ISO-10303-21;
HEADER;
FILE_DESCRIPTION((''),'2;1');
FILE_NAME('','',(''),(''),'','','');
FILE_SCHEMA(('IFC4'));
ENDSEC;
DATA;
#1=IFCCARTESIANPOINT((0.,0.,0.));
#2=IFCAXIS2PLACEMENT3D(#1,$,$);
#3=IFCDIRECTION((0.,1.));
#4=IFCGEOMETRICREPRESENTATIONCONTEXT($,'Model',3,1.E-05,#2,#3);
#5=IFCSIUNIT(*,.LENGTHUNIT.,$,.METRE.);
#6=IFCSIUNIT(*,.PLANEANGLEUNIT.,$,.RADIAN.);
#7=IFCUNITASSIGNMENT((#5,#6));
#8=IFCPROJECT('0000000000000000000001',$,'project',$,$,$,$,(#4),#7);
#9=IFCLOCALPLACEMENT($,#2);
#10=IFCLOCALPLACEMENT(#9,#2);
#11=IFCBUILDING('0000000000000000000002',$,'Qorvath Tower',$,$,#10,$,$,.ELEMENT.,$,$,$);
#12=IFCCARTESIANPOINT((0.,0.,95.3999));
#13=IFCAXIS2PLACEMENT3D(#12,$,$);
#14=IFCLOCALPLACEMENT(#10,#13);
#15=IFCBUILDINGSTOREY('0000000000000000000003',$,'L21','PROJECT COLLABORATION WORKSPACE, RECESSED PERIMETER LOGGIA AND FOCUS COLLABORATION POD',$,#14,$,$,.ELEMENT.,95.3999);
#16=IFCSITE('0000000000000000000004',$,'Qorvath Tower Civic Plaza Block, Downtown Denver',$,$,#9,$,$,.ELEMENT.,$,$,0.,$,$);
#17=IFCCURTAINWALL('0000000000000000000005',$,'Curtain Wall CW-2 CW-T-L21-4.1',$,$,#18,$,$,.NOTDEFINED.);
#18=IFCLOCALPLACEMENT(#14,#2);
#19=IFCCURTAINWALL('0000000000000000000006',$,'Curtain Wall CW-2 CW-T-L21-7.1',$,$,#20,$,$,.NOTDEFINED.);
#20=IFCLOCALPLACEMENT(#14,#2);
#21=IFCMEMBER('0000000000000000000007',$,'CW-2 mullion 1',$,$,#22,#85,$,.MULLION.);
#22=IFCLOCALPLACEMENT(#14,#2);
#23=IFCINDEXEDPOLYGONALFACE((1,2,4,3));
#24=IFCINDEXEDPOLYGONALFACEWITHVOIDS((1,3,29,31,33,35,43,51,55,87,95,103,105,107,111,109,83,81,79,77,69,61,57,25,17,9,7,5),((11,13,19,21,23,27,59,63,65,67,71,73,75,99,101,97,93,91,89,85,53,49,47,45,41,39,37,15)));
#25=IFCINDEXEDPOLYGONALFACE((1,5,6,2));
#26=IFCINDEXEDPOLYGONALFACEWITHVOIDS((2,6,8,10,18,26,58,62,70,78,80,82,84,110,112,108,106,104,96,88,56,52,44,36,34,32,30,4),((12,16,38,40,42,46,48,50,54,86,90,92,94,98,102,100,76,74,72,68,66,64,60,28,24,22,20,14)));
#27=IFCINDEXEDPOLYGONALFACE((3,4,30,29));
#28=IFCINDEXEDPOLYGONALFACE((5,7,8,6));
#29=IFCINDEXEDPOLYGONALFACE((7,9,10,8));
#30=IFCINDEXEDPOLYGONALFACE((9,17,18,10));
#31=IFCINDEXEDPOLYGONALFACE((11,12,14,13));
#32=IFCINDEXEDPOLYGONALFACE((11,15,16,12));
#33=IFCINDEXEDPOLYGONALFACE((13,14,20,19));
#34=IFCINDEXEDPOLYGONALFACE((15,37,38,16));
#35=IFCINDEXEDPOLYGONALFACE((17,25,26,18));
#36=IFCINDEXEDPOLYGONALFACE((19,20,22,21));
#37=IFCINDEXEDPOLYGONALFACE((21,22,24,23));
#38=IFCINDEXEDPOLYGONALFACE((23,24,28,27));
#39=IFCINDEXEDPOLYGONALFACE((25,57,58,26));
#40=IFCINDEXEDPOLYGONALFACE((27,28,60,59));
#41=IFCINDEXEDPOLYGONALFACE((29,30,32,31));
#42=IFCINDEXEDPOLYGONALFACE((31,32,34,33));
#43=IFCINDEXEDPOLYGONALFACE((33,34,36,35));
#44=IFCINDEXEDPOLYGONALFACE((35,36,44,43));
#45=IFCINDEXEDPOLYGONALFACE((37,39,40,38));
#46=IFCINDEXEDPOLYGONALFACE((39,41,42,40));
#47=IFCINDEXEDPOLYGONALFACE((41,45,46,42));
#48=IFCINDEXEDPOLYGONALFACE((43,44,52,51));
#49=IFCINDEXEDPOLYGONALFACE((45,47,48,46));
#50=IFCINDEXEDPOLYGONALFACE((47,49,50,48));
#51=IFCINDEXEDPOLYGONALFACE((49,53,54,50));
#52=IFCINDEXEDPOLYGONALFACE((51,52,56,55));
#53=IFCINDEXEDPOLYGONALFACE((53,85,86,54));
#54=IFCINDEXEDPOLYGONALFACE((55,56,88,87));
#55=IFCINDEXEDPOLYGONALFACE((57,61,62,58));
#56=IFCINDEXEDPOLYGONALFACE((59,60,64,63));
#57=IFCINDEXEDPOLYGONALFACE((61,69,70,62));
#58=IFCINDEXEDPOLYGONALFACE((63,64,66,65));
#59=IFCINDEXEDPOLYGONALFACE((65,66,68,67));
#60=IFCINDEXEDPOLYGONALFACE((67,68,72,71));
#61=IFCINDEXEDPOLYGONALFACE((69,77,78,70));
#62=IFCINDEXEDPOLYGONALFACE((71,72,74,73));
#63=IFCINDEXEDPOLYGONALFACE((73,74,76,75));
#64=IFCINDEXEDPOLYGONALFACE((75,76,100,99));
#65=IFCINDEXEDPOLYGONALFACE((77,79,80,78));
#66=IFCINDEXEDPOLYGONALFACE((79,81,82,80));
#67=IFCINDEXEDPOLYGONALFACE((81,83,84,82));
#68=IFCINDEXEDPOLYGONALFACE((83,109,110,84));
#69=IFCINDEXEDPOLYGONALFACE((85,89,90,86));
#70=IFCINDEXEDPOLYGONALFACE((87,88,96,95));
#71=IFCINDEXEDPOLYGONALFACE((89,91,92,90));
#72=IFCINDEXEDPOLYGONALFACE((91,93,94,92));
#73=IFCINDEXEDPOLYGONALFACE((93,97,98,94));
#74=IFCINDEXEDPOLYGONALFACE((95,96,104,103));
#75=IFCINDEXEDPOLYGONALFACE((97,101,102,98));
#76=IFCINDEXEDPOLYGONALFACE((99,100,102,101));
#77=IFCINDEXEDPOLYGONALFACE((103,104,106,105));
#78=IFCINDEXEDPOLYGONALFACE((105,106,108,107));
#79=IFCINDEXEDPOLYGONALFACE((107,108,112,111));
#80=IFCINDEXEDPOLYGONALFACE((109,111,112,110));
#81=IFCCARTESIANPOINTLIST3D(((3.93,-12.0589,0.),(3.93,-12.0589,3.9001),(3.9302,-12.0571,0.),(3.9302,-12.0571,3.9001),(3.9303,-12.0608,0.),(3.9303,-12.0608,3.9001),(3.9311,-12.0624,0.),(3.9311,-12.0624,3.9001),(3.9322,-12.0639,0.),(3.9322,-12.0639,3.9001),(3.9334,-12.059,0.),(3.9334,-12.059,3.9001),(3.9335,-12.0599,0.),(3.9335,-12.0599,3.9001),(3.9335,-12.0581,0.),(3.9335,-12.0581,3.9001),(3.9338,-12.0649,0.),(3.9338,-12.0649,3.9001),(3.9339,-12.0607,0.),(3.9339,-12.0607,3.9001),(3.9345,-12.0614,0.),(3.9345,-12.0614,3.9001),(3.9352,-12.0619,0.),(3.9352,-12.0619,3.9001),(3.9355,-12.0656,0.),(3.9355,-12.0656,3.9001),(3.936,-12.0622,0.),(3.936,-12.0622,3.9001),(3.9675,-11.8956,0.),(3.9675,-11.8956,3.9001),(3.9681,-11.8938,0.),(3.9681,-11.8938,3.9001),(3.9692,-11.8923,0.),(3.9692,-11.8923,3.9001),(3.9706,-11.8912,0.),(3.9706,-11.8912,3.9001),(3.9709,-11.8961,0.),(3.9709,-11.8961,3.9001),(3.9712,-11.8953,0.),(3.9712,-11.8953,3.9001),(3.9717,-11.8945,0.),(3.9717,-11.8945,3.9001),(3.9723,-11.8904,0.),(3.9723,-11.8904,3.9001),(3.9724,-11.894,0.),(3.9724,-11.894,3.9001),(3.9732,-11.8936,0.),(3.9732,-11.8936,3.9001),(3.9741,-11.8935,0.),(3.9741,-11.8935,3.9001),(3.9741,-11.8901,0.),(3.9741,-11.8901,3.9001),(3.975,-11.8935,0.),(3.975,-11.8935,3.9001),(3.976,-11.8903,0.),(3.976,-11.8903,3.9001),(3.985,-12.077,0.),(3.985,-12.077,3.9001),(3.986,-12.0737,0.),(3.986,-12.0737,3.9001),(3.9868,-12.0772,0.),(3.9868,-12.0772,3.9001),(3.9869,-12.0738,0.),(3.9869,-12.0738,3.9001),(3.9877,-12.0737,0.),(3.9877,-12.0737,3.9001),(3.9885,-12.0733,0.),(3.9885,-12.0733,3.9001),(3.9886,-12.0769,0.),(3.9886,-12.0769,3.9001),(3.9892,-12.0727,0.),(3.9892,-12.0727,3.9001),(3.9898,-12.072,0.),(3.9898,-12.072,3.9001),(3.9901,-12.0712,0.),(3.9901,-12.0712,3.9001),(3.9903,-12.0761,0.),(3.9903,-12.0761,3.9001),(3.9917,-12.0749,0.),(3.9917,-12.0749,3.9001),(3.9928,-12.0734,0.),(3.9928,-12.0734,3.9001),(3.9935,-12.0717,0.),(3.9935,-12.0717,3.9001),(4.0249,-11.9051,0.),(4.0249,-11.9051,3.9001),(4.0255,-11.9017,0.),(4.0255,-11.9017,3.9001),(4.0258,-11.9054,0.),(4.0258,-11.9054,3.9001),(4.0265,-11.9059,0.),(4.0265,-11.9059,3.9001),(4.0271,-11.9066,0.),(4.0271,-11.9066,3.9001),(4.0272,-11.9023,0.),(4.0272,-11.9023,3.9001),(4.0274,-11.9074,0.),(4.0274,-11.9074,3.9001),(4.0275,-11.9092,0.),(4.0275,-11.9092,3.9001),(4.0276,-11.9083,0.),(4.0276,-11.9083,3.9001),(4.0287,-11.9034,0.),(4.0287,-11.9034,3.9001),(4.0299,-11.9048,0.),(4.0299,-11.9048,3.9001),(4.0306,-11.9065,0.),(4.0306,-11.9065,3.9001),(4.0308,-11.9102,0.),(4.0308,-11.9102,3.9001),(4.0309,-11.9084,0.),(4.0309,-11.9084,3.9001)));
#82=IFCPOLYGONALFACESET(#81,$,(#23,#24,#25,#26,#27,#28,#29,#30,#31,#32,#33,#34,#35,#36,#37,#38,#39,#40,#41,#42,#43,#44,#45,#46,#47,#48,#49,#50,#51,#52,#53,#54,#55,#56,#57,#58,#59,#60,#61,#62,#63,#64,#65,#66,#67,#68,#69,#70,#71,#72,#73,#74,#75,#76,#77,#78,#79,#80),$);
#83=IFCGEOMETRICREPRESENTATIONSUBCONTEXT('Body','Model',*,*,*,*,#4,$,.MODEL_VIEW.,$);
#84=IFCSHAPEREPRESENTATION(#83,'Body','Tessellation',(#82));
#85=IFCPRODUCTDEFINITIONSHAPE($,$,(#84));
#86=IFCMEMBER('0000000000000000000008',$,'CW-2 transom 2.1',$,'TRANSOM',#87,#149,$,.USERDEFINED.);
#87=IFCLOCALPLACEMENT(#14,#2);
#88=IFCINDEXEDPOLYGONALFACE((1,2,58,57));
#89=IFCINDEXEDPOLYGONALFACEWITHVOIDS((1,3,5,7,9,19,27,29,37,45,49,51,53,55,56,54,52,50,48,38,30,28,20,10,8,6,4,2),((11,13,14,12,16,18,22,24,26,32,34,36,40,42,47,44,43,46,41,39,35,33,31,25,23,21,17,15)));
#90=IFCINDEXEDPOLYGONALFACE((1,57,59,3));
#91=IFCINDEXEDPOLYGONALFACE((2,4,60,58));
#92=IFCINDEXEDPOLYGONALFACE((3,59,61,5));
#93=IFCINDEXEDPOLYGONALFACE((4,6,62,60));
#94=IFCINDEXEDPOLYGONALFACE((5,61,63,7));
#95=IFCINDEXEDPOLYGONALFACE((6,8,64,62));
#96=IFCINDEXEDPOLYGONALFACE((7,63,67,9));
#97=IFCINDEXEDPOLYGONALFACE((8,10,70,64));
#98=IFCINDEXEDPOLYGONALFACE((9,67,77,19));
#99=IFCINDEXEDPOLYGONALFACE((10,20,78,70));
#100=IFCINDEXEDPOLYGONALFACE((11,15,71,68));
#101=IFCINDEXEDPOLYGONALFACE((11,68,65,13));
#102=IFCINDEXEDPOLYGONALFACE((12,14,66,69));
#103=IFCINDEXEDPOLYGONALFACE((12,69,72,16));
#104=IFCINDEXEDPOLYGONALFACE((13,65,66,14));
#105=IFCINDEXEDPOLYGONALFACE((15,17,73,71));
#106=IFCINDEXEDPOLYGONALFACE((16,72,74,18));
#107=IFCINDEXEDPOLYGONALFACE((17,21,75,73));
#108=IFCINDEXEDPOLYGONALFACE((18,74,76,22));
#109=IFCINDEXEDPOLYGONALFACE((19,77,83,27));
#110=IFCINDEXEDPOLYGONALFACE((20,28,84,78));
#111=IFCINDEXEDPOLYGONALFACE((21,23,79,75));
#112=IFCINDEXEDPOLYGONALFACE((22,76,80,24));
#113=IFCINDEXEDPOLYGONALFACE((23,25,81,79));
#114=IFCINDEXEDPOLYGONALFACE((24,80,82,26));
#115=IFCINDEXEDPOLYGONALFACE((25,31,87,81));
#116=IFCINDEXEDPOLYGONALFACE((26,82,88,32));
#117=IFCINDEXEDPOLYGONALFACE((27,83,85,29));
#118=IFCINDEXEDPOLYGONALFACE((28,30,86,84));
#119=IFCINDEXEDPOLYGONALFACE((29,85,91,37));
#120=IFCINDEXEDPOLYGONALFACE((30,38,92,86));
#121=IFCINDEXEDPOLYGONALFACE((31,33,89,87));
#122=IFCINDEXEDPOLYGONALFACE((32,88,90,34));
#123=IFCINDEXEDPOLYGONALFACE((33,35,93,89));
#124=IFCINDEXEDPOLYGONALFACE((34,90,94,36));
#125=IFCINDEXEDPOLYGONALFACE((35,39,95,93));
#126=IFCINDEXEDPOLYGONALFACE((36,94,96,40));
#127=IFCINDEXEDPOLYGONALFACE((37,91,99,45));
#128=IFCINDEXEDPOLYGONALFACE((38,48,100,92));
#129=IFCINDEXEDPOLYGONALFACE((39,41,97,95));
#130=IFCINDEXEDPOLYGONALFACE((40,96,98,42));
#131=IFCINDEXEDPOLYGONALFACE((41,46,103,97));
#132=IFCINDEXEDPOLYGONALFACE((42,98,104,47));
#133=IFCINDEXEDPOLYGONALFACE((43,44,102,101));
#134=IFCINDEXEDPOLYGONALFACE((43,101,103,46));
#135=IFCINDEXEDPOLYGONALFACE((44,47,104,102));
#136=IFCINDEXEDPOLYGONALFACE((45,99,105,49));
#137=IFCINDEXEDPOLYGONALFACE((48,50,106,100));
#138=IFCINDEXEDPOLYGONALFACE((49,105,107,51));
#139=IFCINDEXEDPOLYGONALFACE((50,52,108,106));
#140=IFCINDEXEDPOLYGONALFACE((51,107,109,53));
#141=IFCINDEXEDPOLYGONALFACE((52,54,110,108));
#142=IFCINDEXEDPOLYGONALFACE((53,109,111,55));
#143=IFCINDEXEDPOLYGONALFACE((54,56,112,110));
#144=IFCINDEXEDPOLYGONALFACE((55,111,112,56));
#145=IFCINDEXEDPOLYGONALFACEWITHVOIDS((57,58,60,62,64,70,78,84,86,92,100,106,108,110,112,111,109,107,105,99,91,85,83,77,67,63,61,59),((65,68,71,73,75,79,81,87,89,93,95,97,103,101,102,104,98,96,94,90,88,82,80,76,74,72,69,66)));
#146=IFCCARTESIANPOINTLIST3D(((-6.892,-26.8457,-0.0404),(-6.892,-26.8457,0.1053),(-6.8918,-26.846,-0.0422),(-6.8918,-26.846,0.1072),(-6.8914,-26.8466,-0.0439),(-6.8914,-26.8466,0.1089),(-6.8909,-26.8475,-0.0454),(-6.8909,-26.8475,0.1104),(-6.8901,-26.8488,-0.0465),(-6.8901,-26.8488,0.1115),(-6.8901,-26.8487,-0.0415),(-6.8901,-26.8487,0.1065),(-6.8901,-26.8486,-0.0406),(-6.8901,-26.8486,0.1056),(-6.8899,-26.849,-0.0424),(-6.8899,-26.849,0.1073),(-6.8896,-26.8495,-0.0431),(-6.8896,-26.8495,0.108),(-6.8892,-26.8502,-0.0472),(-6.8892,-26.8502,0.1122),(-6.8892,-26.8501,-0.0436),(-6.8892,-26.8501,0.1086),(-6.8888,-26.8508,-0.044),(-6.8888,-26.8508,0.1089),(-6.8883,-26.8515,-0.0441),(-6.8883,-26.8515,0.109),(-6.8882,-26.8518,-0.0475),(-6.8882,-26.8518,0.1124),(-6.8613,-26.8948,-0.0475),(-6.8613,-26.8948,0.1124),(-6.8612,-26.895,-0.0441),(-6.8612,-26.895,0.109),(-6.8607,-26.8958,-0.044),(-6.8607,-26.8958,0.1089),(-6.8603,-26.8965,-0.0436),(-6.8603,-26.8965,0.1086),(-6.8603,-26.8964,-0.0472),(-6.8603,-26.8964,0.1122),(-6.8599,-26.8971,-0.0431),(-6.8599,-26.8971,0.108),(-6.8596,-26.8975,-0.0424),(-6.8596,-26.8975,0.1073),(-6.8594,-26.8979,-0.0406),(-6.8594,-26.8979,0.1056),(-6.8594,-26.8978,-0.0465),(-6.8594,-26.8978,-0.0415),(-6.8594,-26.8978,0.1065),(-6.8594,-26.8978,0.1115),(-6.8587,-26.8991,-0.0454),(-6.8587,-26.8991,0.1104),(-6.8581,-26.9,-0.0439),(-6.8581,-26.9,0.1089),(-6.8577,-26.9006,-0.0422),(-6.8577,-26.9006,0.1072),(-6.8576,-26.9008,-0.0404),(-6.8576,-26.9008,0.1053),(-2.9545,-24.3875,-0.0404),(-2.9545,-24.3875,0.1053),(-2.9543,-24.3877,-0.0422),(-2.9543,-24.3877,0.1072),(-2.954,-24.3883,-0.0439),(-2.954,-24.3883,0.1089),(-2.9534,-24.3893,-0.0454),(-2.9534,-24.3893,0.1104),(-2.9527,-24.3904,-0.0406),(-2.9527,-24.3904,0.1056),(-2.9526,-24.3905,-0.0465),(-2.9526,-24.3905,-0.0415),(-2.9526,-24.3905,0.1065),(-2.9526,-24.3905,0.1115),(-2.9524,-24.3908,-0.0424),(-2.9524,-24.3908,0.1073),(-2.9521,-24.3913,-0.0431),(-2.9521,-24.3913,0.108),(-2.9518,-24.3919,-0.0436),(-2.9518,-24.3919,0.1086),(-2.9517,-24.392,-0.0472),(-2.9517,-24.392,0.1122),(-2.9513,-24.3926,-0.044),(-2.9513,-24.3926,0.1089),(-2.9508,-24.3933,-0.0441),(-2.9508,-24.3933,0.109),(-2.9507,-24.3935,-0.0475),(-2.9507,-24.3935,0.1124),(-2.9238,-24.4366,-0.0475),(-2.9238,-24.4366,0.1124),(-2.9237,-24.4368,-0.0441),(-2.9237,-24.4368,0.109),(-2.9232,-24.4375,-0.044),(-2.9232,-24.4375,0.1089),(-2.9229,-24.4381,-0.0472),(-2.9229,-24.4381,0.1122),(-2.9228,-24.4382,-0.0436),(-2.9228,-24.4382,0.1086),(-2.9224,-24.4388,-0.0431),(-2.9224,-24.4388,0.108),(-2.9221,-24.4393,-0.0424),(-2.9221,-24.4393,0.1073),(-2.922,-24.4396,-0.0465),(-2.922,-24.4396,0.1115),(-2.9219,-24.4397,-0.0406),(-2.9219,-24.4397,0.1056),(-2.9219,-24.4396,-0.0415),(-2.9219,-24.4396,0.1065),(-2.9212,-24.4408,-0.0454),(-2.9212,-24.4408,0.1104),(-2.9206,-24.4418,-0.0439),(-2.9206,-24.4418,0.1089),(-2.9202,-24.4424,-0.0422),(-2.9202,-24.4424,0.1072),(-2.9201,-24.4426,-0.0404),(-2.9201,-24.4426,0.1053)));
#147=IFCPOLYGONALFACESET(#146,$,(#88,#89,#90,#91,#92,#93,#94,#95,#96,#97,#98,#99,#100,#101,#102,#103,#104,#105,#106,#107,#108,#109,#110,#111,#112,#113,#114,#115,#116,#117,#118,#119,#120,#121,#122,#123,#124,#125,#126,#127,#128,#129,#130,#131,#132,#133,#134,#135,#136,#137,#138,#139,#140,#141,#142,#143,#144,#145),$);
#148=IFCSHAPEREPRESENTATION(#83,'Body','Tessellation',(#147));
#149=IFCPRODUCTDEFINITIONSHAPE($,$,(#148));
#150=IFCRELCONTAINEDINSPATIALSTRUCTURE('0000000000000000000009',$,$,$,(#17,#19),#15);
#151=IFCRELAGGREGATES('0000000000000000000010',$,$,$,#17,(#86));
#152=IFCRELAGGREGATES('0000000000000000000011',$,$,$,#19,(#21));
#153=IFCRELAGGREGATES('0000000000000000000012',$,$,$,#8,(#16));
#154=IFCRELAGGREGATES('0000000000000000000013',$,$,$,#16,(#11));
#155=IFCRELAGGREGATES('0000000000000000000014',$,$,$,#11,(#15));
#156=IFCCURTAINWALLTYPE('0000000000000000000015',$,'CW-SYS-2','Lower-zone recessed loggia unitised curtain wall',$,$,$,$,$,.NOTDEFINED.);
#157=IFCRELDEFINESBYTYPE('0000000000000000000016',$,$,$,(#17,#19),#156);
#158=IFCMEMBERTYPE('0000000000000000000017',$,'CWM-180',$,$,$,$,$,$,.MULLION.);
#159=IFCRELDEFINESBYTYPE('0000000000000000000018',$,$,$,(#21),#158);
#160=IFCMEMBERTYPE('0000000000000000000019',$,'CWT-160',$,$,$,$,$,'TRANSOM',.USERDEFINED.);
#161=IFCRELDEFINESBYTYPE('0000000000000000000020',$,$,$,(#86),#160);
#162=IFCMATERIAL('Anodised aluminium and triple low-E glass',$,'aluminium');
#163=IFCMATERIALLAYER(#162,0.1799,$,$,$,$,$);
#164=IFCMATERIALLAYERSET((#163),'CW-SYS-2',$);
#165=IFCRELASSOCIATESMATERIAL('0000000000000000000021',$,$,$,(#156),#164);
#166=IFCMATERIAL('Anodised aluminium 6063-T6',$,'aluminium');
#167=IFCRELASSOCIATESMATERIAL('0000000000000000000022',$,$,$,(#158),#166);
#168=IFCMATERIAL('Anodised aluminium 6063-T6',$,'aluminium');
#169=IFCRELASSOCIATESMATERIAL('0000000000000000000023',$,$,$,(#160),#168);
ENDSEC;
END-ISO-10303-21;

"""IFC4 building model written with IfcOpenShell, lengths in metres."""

from ifc_helpers import new_model, si_unit, direction, frame, origin, origin_2d, place, context, subcontext, project, spatial, hollow_rectangle, extrude, material, layer, layer_set, material_profile, profile_set, type_object, element, aggregate, save


model = new_model("IFC4")

# Units and contexts
model_context = context("Model", 3, precision=1e-05, world=origin(), true_north=direction((0.0, 1.0)))
body_context = subcontext(model_context, "Body", "Model", "MODEL_VIEW")
ifc_project = project(units=[si_unit("LENGTHUNIT", "METRE"), si_unit("PLANEANGLEUNIT", "RADIAN")], contexts=[model_context])

# Site, building, storey
site_placement = place(None, origin())
site = spatial("IfcSite", under=ifc_project, at=site_placement, Name="Qorvath Tower Civic Plaza Block, Downtown Denver", CompositionType="ELEMENT", RefElevation=0.0)
building_placement = place(site_placement, origin())
building = spatial("IfcBuilding", under=site, at=building_placement, Name="Qorvath Tower", CompositionType="ELEMENT")
storey_placement = place(building_placement, frame((0.0, 0.0, 95.3999)))
storey = spatial("IfcBuildingStorey", under=building, at=storey_placement, Name="L21", Description="PROJECT COLLABORATION WORKSPACE, RECESSED PERIMETER LOGGIA AND FOCUS COLLABORATION POD", CompositionType="ELEMENT", Elevation=95.3999)

# Curtain wall
ifc_material_1 = material(Name="Anodised aluminium and triple low-E glass", Category="aluminium")
ifc_layer_1 = layer(ifc_material_1, 0.1799)
ifc_layer_set_1 = layer_set([ifc_layer_1], Name="CW-SYS-2")
curtain_wall_type = type_object("IfcCurtainWallType", Name="CW-SYS-2", Description="Lower-zone recessed loggia unitised curtain wall", PredefinedType="NOTDEFINED", material=ifc_layer_set_1)
curtain_wall_1_placement = place(storey_placement, origin())
curtain_wall_1 = element("IfcCurtainWall", 1, at=curtain_wall_1_placement, inside=storey, type_object=curtain_wall_type, Name="Curtain Wall CW-2 CW-T-L21-4.1", PredefinedType="NOTDEFINED")
ifc_material_2 = material(Name="Anodised aluminium 6063-T6", Category="aluminium")
ifc_material_profile_1 = material_profile(ifc_material_2, hollow_rectangle(XDim=0.0649, YDim=0.1799, WallThickness=0.0034, InnerFilletRadius=0.0034, OuterFilletRadius=0.0071, at=origin_2d()), Name="CWM 180x65")
ifc_profile_set_1 = profile_set([ifc_material_profile_1], Name="Anodised aluminium 6063-T6")
member_type_1 = type_object("IfcMemberType", Name="CWM-180", PredefinedType="MULLION", material=ifc_profile_set_1)

# Curtain wall, member
curtain_wall_2_placement = place(storey_placement, origin())
curtain_wall_2 = element("IfcCurtainWall", 2, at=curtain_wall_2_placement, inside=storey, type_object=curtain_wall_type, Name="Curtain Wall CW-2 CW-T-L21-7.1", PredefinedType="NOTDEFINED")
member_1_placement = place(storey_placement, frame((3.9805, -11.9836, 0.0), z_axis=(0.0, 0.0, 1.0), x_axis=(-0.974351, 0.225034, 0.0)))
member_1 = element("IfcMember", 3, at=member_1_placement, type_object=member_type_1, Name="CW-2 mullion 1", PredefinedType="MULLION", context=body_context, shape_type="SweptSolid", body=[
    extrude(hollow_rectangle(XDim=0.0649, YDim=0.1799, WallThickness=0.0034, InnerFilletRadius=0.0034, OuterFilletRadius=0.0071, at=origin_2d()), origin(), (0.0, 0.0, 1.0), 3.9001),
])

# Member
ifc_material_3 = material(Name="Anodised aluminium 6063-T6", Category="aluminium")
ifc_material_profile_2 = material_profile(ifc_material_3, hollow_rectangle(XDim=0.0649, YDim=0.1599, WallThickness=0.0034, InnerFilletRadius=0.0034, OuterFilletRadius=0.0071, at=origin_2d()), Name="CWT 160x65")
ifc_profile_set_2 = profile_set([ifc_material_profile_2], Name="Anodised aluminium 6063-T6")
member_type_2 = type_object("IfcMemberType", Name="CWT-160", ElementType="TRANSOM", PredefinedType="USERDEFINED", material=ifc_profile_set_2)
member_2_placement = place(storey_placement, frame((-6.8748, -26.8733, 0.0325), z_axis=(0.848258, 0.529583, 0.0), x_axis=(-0.529583, 0.848258, 0.0)))
member_2 = element("IfcMember", 4, at=member_2_placement, type_object=member_type_2, Name="CW-2 transom 2.1", ObjectType="TRANSOM", PredefinedType="USERDEFINED", context=body_context, shape_type="SweptSolid", body=[
    extrude(hollow_rectangle(XDim=0.0649, YDim=0.1599, WallThickness=0.0034, InnerFilletRadius=0.0034, OuterFilletRadius=0.0071, at=origin_2d()), origin(), (0.0, 0.0, 1.0), 4.6418),
])

aggregate(curtain_wall_1, [member_2])
aggregate(curtain_wall_2, [member_1])

save(model, "model.ifc")
